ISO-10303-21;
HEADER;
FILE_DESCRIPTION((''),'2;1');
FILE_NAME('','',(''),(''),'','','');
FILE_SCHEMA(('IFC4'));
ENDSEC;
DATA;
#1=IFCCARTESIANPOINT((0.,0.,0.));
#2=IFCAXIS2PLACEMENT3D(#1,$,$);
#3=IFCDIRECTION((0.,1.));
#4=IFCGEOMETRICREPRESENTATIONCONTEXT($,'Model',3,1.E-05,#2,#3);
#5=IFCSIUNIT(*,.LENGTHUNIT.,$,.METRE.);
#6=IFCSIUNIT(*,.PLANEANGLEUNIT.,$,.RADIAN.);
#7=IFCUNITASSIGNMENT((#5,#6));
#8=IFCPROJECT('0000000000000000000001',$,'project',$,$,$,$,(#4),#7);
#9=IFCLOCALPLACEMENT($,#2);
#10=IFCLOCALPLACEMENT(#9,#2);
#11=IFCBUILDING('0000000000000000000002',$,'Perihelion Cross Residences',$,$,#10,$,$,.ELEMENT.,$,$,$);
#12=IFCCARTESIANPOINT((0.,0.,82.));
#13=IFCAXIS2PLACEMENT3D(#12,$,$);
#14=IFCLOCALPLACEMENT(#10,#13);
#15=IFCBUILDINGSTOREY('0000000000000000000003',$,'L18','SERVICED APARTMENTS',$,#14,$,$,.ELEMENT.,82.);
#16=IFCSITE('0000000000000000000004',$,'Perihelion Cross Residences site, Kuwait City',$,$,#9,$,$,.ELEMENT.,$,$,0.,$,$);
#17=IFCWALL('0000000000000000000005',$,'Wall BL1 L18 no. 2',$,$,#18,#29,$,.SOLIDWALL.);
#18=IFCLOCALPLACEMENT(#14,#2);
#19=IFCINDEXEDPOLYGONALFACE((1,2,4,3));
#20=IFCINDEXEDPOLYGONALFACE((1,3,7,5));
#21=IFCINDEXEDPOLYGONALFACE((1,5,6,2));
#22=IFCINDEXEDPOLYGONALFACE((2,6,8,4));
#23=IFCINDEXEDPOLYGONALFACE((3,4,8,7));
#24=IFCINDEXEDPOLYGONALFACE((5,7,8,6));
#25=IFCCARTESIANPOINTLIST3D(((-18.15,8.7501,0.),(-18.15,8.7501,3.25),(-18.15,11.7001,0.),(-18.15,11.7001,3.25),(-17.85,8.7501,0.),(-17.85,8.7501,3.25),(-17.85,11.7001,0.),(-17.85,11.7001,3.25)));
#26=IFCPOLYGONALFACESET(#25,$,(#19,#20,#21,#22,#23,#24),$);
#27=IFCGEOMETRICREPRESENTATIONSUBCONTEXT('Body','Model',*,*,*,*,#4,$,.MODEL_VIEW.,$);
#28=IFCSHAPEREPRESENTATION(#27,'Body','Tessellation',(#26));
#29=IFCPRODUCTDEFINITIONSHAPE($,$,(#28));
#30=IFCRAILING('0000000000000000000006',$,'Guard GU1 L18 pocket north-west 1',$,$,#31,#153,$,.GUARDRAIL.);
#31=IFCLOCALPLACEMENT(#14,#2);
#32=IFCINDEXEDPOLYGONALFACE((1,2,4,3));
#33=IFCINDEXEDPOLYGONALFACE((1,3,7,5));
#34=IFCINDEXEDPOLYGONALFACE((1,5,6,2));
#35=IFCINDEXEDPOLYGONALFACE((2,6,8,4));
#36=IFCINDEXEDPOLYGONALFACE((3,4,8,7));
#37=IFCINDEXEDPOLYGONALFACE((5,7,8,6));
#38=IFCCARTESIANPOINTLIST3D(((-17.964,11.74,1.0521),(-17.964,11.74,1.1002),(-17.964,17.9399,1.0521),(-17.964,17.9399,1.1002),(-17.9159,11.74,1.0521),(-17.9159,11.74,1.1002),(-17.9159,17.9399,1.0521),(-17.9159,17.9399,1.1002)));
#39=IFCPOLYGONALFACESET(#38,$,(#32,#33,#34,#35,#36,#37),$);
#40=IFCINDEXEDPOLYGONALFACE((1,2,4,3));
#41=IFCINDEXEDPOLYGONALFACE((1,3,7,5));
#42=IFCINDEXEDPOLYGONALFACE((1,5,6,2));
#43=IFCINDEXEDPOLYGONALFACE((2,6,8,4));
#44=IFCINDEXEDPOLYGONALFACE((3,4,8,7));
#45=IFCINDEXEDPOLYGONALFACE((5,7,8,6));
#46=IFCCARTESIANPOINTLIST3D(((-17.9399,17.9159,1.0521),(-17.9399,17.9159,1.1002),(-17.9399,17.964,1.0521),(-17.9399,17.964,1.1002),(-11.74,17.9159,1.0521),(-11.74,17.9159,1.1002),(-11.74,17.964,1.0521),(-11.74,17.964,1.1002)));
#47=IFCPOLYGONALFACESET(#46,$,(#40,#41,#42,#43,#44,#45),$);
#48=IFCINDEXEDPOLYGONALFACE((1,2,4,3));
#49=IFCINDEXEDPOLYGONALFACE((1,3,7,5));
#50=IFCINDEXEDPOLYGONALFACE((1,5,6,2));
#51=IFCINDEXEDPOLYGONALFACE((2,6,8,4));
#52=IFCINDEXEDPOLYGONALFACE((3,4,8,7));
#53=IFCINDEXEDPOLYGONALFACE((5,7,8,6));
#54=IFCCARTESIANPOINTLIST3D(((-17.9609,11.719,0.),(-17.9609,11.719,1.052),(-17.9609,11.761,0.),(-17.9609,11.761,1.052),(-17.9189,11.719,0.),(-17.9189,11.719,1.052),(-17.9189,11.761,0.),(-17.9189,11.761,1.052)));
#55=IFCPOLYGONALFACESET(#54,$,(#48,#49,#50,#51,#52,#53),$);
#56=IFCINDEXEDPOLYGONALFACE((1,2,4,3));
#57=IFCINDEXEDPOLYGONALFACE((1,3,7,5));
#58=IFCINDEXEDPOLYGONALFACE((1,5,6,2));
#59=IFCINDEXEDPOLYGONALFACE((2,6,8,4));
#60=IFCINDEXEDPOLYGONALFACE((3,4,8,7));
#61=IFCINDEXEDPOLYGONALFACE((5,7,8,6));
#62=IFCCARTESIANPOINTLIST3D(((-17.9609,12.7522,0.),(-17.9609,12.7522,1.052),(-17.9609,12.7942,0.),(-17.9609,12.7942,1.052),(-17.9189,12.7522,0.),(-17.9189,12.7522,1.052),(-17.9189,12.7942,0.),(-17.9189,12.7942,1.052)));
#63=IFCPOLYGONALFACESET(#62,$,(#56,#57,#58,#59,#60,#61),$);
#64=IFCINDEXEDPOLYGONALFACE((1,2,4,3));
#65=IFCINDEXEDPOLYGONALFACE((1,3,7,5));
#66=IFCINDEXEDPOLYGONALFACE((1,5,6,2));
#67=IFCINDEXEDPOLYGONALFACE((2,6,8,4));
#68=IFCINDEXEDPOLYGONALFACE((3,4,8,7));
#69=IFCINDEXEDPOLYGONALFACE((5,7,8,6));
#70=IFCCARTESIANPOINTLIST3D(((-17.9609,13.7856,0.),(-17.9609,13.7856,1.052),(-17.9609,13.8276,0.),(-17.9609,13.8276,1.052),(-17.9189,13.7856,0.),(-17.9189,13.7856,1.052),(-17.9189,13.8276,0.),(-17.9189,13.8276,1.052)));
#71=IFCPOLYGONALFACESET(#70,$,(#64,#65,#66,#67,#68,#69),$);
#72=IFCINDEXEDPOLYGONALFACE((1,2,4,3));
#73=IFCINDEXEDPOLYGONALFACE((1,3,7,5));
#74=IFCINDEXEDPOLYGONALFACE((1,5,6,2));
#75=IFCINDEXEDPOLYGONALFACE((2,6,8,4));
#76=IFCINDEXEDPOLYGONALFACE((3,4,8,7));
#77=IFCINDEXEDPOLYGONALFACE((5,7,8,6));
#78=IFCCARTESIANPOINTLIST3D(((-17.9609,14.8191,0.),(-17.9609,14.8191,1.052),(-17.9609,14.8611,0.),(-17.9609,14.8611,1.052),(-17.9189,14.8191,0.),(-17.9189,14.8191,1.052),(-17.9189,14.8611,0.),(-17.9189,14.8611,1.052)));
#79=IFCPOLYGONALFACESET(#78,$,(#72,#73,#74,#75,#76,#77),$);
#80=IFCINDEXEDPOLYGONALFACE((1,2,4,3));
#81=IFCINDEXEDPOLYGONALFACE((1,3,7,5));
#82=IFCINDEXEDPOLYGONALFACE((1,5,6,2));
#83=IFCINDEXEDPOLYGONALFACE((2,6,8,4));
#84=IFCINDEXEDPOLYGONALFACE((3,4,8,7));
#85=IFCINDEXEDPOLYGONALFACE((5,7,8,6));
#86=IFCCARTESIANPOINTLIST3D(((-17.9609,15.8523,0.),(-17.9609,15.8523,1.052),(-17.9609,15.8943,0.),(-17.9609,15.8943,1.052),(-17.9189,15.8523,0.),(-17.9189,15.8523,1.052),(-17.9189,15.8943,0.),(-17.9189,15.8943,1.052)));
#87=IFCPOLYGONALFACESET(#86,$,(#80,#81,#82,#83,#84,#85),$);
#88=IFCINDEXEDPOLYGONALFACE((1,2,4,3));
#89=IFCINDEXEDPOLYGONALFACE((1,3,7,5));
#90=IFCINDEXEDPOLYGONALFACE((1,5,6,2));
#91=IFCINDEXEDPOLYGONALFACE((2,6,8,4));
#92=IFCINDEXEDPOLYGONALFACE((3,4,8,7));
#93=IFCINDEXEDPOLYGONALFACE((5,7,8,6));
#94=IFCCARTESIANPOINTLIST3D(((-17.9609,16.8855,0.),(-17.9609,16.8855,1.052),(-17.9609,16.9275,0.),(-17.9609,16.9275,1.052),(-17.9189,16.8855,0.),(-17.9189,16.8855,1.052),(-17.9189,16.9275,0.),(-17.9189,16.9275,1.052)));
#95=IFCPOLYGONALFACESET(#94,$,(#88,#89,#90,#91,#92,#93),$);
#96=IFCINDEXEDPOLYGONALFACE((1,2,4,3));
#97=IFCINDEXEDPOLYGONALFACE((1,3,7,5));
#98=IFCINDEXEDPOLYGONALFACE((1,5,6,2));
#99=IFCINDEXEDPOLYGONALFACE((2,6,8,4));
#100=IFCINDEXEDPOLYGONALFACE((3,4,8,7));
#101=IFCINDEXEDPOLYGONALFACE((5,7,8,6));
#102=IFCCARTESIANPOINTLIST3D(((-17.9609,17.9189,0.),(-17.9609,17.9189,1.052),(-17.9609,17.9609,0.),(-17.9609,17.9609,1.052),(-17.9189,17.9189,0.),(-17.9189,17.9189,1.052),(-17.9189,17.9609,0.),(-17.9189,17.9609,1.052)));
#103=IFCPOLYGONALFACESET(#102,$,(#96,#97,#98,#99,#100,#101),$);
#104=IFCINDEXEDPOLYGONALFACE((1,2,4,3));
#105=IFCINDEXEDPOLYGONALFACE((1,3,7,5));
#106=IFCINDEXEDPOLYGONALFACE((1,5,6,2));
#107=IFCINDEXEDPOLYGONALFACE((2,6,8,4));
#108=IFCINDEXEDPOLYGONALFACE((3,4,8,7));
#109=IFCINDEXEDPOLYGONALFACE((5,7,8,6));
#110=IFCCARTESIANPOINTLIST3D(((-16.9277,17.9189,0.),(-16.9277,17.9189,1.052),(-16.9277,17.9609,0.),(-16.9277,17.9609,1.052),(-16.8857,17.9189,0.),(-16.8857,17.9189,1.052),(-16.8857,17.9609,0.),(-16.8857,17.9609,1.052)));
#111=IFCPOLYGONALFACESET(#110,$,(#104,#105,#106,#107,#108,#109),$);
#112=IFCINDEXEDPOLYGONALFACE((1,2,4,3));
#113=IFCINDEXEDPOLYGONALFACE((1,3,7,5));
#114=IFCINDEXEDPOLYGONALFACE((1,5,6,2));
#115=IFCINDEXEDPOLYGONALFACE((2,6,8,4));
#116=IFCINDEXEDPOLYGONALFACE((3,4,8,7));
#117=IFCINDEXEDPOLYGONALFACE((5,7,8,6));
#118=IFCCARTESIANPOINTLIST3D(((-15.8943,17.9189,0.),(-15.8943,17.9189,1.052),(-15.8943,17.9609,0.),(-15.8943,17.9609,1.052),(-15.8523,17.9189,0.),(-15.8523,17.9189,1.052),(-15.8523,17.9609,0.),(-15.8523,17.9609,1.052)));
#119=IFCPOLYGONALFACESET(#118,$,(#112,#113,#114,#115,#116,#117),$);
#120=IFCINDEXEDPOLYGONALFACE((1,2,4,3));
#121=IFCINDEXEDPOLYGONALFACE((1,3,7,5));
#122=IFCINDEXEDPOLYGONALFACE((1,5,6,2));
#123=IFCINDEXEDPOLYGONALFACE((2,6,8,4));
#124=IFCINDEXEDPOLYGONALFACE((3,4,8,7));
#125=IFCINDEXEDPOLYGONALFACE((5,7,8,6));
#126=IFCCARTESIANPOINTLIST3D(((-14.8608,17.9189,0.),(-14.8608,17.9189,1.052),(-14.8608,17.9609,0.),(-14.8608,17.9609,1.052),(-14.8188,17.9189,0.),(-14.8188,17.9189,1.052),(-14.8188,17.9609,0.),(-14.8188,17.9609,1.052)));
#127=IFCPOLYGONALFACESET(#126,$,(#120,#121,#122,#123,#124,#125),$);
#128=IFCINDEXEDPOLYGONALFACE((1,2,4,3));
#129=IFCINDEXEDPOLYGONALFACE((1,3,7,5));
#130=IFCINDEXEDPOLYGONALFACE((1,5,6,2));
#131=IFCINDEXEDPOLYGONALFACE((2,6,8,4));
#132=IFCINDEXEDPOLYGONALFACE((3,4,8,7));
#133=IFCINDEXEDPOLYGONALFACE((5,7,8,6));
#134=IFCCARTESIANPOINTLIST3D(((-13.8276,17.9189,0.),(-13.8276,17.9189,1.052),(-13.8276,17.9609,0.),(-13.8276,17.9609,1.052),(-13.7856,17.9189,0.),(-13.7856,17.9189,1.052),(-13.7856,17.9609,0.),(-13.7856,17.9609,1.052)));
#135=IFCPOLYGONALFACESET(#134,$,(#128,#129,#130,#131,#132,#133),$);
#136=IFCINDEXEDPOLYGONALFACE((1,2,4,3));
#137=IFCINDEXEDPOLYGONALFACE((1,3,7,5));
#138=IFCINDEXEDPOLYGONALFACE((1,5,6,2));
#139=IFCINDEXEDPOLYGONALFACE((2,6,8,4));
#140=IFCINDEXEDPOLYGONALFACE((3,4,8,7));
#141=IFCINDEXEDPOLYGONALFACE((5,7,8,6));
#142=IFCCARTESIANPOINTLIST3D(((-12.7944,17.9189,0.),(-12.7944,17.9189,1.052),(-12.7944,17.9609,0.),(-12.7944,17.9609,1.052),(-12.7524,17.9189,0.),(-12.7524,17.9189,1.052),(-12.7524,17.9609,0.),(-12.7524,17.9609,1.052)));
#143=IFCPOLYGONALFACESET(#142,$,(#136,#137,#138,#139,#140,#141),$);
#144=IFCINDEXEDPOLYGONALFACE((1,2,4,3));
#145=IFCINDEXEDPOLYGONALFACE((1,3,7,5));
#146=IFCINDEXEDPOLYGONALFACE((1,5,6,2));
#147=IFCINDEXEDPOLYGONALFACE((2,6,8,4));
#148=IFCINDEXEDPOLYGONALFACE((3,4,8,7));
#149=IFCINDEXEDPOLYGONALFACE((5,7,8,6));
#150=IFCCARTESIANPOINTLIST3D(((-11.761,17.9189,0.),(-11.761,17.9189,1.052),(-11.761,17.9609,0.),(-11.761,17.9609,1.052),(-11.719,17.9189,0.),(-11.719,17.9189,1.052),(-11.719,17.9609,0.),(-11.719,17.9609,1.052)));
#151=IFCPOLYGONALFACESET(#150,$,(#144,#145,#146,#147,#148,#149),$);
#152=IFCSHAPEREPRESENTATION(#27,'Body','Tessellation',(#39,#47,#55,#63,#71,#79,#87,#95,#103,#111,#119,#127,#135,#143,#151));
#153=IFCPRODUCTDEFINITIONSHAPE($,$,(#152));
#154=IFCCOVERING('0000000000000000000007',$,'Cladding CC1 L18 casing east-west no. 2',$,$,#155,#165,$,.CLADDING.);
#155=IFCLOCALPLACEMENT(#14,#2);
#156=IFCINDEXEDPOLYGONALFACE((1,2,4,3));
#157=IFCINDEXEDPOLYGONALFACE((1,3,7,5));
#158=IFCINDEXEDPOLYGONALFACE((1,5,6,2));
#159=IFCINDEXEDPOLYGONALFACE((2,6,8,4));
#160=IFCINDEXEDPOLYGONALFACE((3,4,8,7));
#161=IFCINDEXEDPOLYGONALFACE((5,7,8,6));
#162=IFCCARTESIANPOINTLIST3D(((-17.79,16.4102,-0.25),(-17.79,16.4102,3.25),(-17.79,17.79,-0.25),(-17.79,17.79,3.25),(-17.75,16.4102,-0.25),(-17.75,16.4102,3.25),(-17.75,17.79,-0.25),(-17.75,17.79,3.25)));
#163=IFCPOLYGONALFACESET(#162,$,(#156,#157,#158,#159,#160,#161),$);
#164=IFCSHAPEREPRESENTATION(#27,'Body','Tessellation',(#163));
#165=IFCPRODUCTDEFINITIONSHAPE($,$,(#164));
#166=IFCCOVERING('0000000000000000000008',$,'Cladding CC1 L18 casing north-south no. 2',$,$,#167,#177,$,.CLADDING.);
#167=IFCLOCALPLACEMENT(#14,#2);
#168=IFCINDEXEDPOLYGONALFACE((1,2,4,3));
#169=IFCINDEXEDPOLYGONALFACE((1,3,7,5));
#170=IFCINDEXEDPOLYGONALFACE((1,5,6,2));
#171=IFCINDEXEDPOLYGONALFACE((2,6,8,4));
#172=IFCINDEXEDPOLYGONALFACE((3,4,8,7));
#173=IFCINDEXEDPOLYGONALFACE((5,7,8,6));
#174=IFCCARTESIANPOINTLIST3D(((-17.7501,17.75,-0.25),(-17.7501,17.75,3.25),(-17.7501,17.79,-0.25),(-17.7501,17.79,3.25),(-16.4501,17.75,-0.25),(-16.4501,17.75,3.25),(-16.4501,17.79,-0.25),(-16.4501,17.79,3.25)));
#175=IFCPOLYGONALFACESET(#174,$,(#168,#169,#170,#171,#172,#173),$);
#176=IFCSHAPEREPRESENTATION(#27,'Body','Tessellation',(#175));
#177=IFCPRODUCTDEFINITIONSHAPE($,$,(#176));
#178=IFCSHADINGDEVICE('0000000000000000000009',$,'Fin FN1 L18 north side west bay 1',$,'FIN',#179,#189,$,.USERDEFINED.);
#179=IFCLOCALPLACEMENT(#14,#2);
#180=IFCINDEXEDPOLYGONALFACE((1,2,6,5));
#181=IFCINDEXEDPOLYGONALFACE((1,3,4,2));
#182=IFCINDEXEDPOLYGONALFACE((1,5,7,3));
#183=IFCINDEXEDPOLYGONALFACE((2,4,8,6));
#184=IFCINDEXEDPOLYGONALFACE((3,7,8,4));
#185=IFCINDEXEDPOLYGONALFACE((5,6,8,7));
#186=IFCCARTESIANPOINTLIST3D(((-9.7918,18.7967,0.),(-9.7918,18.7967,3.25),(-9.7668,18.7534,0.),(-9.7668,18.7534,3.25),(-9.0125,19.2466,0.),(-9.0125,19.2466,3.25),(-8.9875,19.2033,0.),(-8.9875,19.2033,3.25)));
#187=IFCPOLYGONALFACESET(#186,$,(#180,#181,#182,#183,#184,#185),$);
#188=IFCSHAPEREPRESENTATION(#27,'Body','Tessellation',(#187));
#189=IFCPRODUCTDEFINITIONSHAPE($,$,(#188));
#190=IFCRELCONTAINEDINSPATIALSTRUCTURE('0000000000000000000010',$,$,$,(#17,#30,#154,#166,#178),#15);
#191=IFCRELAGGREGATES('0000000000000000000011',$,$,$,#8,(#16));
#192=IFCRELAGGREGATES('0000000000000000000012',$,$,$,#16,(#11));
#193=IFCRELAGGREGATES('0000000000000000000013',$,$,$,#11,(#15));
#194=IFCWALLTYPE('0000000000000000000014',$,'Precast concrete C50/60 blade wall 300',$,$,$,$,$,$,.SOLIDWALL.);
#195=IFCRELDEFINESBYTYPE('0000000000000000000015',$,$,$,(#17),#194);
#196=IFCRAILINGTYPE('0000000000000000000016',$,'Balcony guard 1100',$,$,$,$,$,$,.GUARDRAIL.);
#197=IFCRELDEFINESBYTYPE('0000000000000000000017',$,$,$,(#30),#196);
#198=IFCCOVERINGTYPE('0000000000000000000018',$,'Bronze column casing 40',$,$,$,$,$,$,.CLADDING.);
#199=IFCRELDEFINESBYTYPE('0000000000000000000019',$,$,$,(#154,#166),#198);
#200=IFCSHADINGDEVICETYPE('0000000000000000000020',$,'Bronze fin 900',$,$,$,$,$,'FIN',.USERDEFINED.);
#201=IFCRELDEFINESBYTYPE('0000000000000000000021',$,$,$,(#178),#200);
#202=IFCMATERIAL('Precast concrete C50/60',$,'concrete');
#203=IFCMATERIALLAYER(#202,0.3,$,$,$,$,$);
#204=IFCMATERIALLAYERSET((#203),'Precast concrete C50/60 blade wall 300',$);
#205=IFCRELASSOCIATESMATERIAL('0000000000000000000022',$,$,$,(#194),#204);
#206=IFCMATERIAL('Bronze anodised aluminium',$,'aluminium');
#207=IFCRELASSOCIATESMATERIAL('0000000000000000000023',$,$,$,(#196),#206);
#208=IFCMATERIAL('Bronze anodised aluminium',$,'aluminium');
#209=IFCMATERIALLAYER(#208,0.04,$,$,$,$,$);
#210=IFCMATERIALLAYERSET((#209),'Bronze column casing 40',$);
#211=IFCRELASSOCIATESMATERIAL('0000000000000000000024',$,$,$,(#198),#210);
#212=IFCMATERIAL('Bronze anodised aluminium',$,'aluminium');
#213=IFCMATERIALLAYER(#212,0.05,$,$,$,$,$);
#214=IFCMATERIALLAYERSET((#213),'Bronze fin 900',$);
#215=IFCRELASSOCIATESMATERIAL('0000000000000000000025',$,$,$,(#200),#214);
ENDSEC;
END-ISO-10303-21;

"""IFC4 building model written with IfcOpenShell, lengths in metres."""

from ifc_helpers import new_model, si_unit, direction, frame, frame_2d, origin, origin_2d, place, context, subcontext, project, spatial, rectangle, extrude, material, layer, layer_set, type_object, element, save


model = new_model("IFC4")

# Units and contexts
model_context = context("Model", 3, precision=1e-05, world=origin(), true_north=direction((0.0, 1.0)))
body_context = subcontext(model_context, "Body", "Model", "MODEL_VIEW")
ifc_project = project(units=[si_unit("LENGTHUNIT", "METRE"), si_unit("PLANEANGLEUNIT", "RADIAN")], contexts=[model_context])

# Site, building, storey
site_placement = place(None, origin())
site = spatial("IfcSite", under=ifc_project, at=site_placement, Name="Perihelion Cross Residences site, Kuwait City", CompositionType="ELEMENT", RefElevation=0.0)
building_placement = place(site_placement, origin())
building = spatial("IfcBuilding", under=site, at=building_placement, Name="Perihelion Cross Residences", CompositionType="ELEMENT")
storey_placement = place(building_placement, frame((0.0, 0.0, 82.0)))
storey = spatial("IfcBuildingStorey", under=building, at=storey_placement, Name="L18", Description="SERVICED APARTMENTS", CompositionType="ELEMENT", Elevation=82.0)

# Wall
ifc_material_1 = material(Name="Precast concrete C50/60", Category="concrete")
ifc_layer_1 = layer(ifc_material_1, 0.3)
ifc_layer_set_1 = layer_set([ifc_layer_1], Name="Precast concrete C50/60 blade wall 300")
wall_type_1 = type_object("IfcWallType", Name="Precast concrete C50/60 blade wall 300", PredefinedType="SOLIDWALL", material=ifc_layer_set_1)
wall_1_placement = place(storey_placement, frame((-18.0, 8.75, 0.0), z_axis=(0.0, 0.0, 1.0), x_axis=(0.0, 1.0, 0.0)))
element("IfcWall", 1, at=wall_1_placement, inside=storey, type_object=wall_type_1, Name="Wall BL1 L18 no. 2", PredefinedType="SOLIDWALL", context=body_context, shape_type="SweptSolid", body=[
    extrude(rectangle(XDim=2.95, YDim=0.3, at=frame_2d((1.4751, 0.0))), origin(), (0.0, 0.0, 1.0), 3.25),
])

# Railing
ifc_material_2 = material(Name="Bronze anodised aluminium", Category="aluminium")
railing_type = type_object("IfcRailingType", Name="Balcony guard 1100", PredefinedType="GUARDRAIL", material=ifc_material_2)
railing_1_placement = place(storey_placement, frame((-17.9399, 11.74, 0.0)))
element("IfcRailing", 2, at=railing_1_placement, inside=storey, type_object=railing_type, Name="Guard GU1 L18 pocket north-west 1", PredefinedType="GUARDRAIL", context=body_context, shape_type="SweptSolid", body=[
    extrude(rectangle(XDim=0.0481, YDim=0.0481, at=origin_2d()), frame((0.0, 0.0, 1.0762), z_axis=(0.0, 1.0, 0.0), x_axis=(-1.0, 0.0, 0.0)), (0.0, 0.0, 1.0), 6.2),
    extrude(rectangle(XDim=0.0481, YDim=0.0481, at=origin_2d()), frame((0.0, 6.2, 1.0762), z_axis=(1.0, 0.0, 0.0), x_axis=(0.0, 1.0, 0.0)), (0.0, 0.0, 1.0), 6.2),
    extrude(rectangle(XDim=0.042, YDim=0.042, at=origin_2d()), origin(), (0.0, 0.0, 1.0), 1.052),
    extrude(rectangle(XDim=0.042, YDim=0.042, at=origin_2d()), frame((0.0, 1.0332, 0.0)), (0.0, 0.0, 1.0), 1.052),
    extrude(rectangle(XDim=0.042, YDim=0.042, at=origin_2d()), frame((0.0, 2.0667, 0.0)), (0.0, 0.0, 1.0), 1.052),
    extrude(rectangle(XDim=0.042, YDim=0.042, at=origin_2d()), frame((0.0, 3.1001, 0.0)), (0.0, 0.0, 1.0), 1.052),
    extrude(rectangle(XDim=0.042, YDim=0.042, at=origin_2d()), frame((0.0, 4.1333, 0.0)), (0.0, 0.0, 1.0), 1.052),
    extrude(rectangle(XDim=0.042, YDim=0.042, at=origin_2d()), frame((0.0, 5.1665, 0.0)), (0.0, 0.0, 1.0), 1.052),
    extrude(rectangle(XDim=0.042, YDim=0.042, at=origin_2d()), frame((0.0, 6.2, 0.0)), (0.0, 0.0, 1.0), 1.052),
    extrude(rectangle(XDim=0.042, YDim=0.042, at=origin_2d()), frame((1.0332, 6.2, 0.0)), (0.0, 0.0, 1.0), 1.052),
    extrude(rectangle(XDim=0.042, YDim=0.042, at=origin_2d()), frame((2.0667, 6.2, 0.0)), (0.0, 0.0, 1.0), 1.052),
    extrude(rectangle(XDim=0.042, YDim=0.042, at=origin_2d()), frame((3.1001, 6.2, 0.0)), (0.0, 0.0, 1.0), 1.052),
    extrude(rectangle(XDim=0.042, YDim=0.042, at=origin_2d()), frame((4.1333, 6.2, 0.0)), (0.0, 0.0, 1.0), 1.052),
    extrude(rectangle(XDim=0.042, YDim=0.042, at=origin_2d()), frame((5.1665, 6.2, 0.0)), (0.0, 0.0, 1.0), 1.052),
    extrude(rectangle(XDim=0.042, YDim=0.042, at=origin_2d()), frame((6.2, 6.2, 0.0)), (0.0, 0.0, 1.0), 1.052),
])

# Coverings
ifc_material_3 = material(Name="Bronze anodised aluminium", Category="aluminium")
ifc_layer_2 = layer(ifc_material_3, 0.04)
ifc_layer_set_2 = layer_set([ifc_layer_2], Name="Bronze column casing 40")
covering_type = type_object("IfcCoveringType", Name="Bronze column casing 40", PredefinedType="CLADDING", material=ifc_layer_set_2)
covering_1_placement = place(storey_placement, frame((-17.77, 17.1001, -0.25), z_axis=(0.0, 0.0, 1.0), x_axis=(1.0, 0.0, 0.0)))
element("IfcCovering", 3, at=covering_1_placement, inside=storey, type_object=covering_type, Name="Cladding CC1 L18 casing east-west no. 2", PredefinedType="CLADDING", context=body_context, shape_type="SweptSolid", body=[
    extrude(rectangle(XDim=0.04, YDim=1.3799, at=origin_2d()), origin(), (0.0, 0.0, 1.0), 3.5),
])
covering_2_placement = place(storey_placement, frame((-17.1001, 17.77, -0.25), z_axis=(0.0, 0.0, 1.0), x_axis=(1.0, 0.0, 0.0)))
element("IfcCovering", 4, at=covering_2_placement, inside=storey, type_object=covering_type, Name="Cladding CC1 L18 casing north-south no. 2", PredefinedType="CLADDING", context=body_context, shape_type="SweptSolid", body=[
    extrude(rectangle(XDim=1.3, YDim=0.04, at=origin_2d()), origin(), (0.0, 0.0, 1.0), 3.5),
])

# Shading device
ifc_material_4 = material(Name="Bronze anodised aluminium", Category="aluminium")
ifc_layer_3 = layer(ifc_material_4, 0.05)
ifc_layer_set_3 = layer_set([ifc_layer_3], Name="Bronze fin 900")
shading_device_type = type_object("IfcShadingDeviceType", Name="Bronze fin 900", ElementType="FIN", PredefinedType="USERDEFINED", material=ifc_layer_set_3)
shading_device_placement = place(storey_placement, frame((-9.3896, 19.0, 0.0), z_axis=(0.0, 0.0, 1.0), x_axis=(-0.866025, -0.5, 0.0)))
element("IfcShadingDevice", 5, at=shading_device_placement, inside=storey, type_object=shading_device_type, Name="Fin FN1 L18 north side west bay 1", ObjectType="FIN", PredefinedType="USERDEFINED", context=body_context, shape_type="SweptSolid", body=[
    extrude(rectangle(XDim=0.8999, YDim=0.05, at=origin_2d()), origin(), (0.0, 0.0, 1.0), 3.25),
])

save(model, "model.ifc")
